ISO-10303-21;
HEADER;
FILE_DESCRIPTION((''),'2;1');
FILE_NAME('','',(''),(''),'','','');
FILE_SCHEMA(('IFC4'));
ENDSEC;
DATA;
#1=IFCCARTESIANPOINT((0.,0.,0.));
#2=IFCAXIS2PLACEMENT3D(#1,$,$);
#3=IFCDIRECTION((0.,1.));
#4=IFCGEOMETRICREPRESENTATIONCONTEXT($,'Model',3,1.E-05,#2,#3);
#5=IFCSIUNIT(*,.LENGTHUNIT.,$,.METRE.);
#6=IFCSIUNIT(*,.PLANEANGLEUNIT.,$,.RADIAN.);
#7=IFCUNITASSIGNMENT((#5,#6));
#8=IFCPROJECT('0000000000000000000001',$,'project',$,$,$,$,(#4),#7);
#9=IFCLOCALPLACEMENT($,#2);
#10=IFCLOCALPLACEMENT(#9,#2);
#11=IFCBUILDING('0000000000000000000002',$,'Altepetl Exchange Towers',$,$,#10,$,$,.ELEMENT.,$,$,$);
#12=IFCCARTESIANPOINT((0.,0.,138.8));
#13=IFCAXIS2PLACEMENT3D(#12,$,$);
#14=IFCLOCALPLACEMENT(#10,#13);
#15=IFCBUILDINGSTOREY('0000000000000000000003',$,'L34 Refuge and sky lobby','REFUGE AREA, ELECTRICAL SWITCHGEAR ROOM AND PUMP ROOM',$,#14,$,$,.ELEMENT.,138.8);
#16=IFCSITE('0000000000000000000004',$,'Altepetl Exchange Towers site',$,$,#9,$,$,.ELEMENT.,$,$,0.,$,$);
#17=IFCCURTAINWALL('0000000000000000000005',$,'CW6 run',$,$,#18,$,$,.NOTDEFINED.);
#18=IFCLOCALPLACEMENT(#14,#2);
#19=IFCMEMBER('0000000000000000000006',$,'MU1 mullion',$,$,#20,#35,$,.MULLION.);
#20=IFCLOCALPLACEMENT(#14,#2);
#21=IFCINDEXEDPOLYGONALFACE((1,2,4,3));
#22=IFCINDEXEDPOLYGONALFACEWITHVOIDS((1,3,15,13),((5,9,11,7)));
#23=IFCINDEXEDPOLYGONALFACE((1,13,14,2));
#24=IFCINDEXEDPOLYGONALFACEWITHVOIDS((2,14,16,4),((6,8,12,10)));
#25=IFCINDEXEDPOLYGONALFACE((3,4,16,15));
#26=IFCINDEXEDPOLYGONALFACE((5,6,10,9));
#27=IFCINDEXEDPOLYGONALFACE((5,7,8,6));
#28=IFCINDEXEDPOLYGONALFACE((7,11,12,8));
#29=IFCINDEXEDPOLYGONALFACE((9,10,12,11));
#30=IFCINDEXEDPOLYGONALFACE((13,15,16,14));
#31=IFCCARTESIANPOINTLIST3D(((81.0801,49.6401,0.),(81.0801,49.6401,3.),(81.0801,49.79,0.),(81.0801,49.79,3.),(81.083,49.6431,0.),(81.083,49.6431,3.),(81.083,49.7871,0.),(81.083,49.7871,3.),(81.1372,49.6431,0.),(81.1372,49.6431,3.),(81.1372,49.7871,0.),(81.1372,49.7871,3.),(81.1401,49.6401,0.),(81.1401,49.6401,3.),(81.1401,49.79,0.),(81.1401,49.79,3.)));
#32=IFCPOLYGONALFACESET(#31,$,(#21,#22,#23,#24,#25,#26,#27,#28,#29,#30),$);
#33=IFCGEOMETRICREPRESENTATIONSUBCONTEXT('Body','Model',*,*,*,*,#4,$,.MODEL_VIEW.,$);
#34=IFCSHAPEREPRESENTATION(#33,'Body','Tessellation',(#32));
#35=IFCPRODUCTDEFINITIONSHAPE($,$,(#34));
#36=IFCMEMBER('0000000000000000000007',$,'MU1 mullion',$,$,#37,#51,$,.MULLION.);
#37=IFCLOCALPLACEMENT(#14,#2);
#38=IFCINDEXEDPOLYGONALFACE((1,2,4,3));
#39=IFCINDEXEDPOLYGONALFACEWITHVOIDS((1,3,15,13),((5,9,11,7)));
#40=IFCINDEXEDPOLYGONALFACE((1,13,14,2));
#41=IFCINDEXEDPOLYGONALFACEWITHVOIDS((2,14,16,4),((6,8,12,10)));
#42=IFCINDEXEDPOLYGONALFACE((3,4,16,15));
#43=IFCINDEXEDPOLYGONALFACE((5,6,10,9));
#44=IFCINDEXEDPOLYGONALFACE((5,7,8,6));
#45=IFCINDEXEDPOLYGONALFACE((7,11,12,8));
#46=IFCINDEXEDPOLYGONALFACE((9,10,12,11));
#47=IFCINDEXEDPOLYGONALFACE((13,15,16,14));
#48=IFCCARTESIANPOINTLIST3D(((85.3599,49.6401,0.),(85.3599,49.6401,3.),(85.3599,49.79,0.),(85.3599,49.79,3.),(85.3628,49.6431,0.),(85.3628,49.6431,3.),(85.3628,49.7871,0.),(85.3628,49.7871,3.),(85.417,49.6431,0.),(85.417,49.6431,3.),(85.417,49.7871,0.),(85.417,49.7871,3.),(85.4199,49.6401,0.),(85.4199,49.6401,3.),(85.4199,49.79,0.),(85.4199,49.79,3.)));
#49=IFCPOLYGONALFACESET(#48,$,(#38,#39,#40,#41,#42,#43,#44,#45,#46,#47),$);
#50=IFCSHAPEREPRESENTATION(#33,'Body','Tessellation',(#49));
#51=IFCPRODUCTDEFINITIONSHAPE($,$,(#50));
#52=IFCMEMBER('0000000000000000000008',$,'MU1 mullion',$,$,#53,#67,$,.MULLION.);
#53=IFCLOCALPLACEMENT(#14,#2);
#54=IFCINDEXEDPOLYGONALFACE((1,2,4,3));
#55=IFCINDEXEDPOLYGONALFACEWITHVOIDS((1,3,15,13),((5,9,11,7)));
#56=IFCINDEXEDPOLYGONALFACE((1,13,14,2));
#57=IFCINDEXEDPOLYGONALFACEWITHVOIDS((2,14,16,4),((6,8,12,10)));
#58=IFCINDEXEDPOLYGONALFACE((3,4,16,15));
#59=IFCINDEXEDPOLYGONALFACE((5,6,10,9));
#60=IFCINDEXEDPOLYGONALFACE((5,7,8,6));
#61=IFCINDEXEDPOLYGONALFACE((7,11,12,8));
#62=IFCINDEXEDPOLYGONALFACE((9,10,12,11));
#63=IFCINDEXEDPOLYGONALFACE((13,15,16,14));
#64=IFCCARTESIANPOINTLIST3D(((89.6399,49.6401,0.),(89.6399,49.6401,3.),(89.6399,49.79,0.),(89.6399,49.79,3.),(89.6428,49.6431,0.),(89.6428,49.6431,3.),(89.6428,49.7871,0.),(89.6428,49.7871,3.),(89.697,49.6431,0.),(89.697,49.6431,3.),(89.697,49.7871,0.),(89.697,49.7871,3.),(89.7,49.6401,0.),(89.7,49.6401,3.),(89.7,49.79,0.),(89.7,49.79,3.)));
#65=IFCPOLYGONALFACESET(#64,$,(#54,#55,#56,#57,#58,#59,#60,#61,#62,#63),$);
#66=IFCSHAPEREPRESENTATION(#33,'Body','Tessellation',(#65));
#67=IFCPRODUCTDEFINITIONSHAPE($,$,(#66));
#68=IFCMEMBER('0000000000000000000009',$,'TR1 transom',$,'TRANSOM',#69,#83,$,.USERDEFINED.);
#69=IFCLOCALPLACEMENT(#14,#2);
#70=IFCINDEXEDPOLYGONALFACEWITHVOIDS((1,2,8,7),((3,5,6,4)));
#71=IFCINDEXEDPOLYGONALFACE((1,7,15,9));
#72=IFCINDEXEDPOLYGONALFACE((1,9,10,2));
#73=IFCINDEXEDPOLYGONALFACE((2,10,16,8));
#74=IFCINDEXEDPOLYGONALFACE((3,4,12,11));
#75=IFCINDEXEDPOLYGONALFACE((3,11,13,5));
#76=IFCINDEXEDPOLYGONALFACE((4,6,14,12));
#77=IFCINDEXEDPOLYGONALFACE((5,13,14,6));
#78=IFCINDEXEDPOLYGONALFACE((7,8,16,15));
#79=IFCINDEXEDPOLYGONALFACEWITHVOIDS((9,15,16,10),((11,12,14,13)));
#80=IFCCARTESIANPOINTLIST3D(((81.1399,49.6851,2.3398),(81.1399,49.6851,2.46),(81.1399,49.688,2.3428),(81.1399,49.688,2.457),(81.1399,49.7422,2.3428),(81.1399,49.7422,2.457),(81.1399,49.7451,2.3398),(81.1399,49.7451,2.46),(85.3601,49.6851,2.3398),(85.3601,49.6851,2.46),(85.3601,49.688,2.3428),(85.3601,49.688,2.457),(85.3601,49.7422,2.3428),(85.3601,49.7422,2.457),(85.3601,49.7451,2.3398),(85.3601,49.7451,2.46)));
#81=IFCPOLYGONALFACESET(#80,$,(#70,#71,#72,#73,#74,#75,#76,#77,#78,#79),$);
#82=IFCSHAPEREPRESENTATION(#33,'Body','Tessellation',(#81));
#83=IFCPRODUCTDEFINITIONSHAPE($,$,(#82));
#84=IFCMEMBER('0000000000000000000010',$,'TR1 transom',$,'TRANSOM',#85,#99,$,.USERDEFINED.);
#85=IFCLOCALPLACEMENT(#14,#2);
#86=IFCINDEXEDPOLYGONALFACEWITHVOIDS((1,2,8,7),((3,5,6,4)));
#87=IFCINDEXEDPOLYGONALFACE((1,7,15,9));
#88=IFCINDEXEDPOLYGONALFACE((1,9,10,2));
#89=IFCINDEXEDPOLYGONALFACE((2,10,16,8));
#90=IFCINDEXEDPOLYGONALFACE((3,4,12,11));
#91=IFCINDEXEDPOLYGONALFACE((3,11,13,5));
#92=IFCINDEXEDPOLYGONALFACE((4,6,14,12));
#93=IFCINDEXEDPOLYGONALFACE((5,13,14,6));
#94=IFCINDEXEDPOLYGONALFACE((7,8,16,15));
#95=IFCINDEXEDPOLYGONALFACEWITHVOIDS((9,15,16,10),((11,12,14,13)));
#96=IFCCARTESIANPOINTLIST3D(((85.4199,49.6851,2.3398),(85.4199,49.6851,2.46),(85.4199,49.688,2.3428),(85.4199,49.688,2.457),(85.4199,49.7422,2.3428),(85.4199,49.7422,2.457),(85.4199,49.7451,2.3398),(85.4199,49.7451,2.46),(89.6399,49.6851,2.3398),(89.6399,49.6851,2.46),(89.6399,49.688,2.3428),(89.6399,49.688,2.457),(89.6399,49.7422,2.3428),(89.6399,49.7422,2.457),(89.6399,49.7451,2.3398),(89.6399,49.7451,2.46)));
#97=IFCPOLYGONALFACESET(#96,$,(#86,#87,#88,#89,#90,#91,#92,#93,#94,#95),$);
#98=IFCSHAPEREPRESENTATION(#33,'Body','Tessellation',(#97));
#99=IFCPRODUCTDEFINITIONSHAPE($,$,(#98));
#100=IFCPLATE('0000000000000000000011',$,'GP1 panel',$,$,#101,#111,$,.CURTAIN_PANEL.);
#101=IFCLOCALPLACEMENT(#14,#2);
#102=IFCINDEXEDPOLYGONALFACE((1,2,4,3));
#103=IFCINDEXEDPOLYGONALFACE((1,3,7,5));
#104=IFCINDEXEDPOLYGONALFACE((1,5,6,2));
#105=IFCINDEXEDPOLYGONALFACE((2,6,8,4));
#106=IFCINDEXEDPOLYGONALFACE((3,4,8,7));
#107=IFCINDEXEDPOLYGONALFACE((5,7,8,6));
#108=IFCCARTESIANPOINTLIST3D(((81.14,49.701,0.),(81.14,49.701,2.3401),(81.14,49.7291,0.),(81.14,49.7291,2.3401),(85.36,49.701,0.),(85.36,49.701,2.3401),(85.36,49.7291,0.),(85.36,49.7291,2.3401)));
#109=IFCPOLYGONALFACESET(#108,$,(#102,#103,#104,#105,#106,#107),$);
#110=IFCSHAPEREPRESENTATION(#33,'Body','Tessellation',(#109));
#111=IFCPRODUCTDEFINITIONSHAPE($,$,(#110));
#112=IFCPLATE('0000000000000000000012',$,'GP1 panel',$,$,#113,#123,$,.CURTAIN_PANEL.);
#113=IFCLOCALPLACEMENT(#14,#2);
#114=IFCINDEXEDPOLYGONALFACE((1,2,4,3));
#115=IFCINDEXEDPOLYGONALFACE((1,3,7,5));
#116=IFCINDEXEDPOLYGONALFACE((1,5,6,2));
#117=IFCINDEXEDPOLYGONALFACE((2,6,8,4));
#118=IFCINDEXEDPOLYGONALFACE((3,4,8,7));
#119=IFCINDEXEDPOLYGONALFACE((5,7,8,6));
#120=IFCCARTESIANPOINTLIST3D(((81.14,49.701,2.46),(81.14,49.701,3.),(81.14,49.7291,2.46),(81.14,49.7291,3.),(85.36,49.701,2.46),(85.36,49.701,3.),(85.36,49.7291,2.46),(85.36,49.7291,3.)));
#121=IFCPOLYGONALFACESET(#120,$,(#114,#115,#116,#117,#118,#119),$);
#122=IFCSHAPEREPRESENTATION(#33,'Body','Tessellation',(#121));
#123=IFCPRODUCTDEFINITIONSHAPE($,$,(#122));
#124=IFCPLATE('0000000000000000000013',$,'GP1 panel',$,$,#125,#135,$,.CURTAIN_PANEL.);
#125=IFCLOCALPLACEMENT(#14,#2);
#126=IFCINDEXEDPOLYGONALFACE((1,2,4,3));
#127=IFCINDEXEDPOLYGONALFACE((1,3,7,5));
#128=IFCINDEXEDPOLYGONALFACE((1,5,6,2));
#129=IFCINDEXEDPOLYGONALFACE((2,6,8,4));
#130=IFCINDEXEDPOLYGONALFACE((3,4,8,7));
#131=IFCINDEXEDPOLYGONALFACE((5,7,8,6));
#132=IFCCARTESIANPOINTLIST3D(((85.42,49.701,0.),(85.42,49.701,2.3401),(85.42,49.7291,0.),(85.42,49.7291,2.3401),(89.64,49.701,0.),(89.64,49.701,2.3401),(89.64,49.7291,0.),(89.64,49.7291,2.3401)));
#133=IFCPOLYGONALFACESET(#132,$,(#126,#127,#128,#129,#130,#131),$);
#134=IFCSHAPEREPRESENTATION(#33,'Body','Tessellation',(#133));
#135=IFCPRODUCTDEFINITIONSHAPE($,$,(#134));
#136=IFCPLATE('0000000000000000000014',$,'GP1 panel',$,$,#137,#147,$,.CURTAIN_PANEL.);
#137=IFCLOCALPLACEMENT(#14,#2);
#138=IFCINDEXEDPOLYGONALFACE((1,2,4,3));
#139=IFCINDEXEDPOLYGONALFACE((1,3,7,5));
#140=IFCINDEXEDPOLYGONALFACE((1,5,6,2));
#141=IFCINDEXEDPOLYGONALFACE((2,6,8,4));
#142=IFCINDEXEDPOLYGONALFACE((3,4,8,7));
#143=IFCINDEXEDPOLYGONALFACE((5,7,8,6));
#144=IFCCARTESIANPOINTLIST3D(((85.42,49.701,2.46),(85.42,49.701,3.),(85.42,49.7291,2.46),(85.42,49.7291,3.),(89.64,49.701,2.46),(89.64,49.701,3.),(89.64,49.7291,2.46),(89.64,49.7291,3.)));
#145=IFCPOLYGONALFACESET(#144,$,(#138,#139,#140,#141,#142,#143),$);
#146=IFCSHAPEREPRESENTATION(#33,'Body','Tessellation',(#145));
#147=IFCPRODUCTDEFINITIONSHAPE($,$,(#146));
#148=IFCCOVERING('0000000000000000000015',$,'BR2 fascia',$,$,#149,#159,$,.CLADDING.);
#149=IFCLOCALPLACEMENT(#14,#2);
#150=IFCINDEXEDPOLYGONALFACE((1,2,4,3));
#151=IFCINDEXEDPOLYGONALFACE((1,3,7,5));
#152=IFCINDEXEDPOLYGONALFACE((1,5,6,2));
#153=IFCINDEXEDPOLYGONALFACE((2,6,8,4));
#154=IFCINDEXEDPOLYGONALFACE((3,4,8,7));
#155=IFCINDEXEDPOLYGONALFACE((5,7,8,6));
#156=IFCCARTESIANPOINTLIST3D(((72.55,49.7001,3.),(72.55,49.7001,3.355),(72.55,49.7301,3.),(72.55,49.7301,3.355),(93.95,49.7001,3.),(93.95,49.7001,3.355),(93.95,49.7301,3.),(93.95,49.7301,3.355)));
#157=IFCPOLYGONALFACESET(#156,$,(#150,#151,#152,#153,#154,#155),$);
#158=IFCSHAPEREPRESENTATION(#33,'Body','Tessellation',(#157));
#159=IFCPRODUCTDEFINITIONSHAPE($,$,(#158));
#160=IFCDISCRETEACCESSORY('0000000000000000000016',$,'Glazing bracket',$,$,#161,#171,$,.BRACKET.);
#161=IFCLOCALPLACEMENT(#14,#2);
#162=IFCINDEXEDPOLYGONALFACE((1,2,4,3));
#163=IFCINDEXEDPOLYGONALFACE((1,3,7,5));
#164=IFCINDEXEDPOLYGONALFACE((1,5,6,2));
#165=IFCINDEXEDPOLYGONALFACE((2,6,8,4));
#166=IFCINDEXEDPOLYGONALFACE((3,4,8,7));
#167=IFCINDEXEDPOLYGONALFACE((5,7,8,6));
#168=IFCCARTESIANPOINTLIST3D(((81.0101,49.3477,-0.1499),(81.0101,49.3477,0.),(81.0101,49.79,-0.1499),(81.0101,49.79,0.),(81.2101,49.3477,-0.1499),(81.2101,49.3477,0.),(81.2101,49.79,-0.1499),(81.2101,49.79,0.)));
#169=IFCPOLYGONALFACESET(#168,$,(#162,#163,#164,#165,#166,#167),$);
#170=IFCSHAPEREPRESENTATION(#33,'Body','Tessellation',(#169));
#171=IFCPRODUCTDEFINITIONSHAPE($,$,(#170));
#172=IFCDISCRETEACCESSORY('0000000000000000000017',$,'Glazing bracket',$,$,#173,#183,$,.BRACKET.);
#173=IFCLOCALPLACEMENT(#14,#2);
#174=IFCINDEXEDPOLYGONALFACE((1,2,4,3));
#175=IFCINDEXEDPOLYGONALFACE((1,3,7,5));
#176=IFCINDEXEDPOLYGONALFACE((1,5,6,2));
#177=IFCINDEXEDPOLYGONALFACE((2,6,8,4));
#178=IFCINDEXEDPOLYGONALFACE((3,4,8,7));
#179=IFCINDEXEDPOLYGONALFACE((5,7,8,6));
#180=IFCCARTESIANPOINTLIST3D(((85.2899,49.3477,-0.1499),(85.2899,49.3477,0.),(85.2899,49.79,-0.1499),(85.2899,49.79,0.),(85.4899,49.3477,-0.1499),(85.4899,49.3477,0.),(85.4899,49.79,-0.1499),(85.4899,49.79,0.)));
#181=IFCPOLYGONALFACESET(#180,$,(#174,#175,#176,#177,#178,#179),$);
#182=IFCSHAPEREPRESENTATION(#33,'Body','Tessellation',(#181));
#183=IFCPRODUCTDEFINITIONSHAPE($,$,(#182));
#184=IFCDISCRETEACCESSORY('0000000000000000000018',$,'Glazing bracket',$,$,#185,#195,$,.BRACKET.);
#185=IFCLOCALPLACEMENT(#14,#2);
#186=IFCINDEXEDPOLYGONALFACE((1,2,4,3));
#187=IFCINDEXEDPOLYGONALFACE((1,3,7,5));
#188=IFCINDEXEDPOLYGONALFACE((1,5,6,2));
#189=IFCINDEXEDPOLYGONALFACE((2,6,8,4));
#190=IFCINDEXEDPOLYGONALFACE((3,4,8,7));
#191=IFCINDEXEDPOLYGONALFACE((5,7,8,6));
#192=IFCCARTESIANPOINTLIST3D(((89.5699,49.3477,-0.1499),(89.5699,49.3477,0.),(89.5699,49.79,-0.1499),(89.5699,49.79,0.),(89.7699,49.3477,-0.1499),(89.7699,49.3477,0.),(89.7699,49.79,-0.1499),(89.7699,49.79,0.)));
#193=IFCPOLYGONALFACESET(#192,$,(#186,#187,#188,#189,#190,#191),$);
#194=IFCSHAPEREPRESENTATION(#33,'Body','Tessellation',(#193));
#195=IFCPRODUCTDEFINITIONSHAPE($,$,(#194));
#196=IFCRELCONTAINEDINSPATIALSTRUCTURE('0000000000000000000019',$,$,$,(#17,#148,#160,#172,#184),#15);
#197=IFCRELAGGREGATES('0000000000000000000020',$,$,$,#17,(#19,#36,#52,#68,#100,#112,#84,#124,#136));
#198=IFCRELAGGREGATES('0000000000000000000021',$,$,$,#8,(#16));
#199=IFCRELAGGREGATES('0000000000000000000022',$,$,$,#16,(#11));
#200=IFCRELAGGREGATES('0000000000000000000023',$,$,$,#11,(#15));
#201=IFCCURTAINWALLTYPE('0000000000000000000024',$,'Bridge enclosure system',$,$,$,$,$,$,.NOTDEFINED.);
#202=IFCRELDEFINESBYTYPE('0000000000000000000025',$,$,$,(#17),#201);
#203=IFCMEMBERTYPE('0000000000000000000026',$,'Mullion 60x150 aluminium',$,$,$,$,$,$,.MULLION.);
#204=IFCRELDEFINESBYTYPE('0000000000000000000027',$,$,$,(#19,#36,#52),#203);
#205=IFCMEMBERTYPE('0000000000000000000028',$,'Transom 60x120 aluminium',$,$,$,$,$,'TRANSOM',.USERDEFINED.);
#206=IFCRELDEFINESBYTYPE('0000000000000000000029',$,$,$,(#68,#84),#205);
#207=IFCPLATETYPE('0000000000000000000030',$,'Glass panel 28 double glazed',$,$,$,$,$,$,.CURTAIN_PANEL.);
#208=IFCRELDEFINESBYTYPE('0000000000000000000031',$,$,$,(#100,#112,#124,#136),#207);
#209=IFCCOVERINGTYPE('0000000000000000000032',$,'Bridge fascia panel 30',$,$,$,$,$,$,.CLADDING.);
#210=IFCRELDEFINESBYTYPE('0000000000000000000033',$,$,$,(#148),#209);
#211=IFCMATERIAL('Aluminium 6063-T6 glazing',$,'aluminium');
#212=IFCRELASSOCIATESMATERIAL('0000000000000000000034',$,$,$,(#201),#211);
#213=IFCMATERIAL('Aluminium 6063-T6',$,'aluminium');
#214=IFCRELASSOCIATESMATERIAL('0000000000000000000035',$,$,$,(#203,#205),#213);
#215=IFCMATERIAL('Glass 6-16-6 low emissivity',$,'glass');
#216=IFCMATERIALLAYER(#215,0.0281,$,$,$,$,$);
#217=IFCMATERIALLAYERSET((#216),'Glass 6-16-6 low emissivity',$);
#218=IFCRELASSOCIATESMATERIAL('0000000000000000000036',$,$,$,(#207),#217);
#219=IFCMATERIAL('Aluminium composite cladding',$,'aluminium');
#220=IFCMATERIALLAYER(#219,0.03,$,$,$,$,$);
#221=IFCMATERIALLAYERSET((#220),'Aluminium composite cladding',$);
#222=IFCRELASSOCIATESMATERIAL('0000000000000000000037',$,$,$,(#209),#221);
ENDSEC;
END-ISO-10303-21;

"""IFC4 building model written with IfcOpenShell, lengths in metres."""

from ifc_helpers import new_model, si_unit, direction, frame, origin, origin_2d, place, context, subcontext, project, spatial, rectangle, hollow_rectangle, extrude, material, layer, layer_set, material_profile, profile_set, type_object, element, aggregate, save


model = new_model("IFC4")

# Units and contexts
model_context = context("Model", 3, precision=1e-05, world=origin(), true_north=direction((0.0, 1.0)))
body_context = subcontext(model_context, "Body", "Model", "MODEL_VIEW")
ifc_project = project(units=[si_unit("LENGTHUNIT", "METRE"), si_unit("PLANEANGLEUNIT", "RADIAN")], contexts=[model_context])

# Site, building, storey
site_placement = place(None, origin())
site = spatial("IfcSite", under=ifc_project, at=site_placement, Name="Altepetl Exchange Towers site", CompositionType="ELEMENT", RefElevation=0.0)
building_placement = place(site_placement, origin())
building = spatial("IfcBuilding", under=site, at=building_placement, Name="Altepetl Exchange Towers", CompositionType="ELEMENT")
storey_placement = place(building_placement, frame((0.0, 0.0, 138.8)))
storey = spatial("IfcBuildingStorey", under=building, at=storey_placement, Name="L34 Refuge and sky lobby", Description="REFUGE AREA, ELECTRICAL SWITCHGEAR ROOM AND PUMP ROOM", CompositionType="ELEMENT", Elevation=138.8)

# Curtain wall, members, plates
ifc_material_1 = material(Name="Aluminium 6063-T6 glazing", Category="aluminium")
curtain_wall_type = type_object("IfcCurtainWallType", Name="Bridge enclosure system", PredefinedType="NOTDEFINED", material=ifc_material_1)
curtain_wall_placement = place(storey_placement, origin())
curtain_wall = element("IfcCurtainWall", 1, at=curtain_wall_placement, inside=storey, type_object=curtain_wall_type, Name="CW6 run", PredefinedType="NOTDEFINED")
ifc_material_2 = material(Name="Aluminium 6063-T6", Category="aluminium")
ifc_material_profile_1 = material_profile(ifc_material_2, hollow_rectangle(XDim=0.0601, YDim=0.1499, WallThickness=0.0029, at=origin_2d()), Name="Mullion 60x150 aluminium")
ifc_profile_set_1 = profile_set([ifc_material_profile_1], Name="Aluminium 6063-T6")
member_type_1 = type_object("IfcMemberType", Name="Mullion 60x150 aluminium", PredefinedType="MULLION", material=ifc_profile_set_1)
member_1_placement = place(storey_placement, frame((81.1101, 49.7151, 0.0)))
member_1 = element("IfcMember", 2, at=member_1_placement, type_object=member_type_1, Name="MU1 mullion", PredefinedType="MULLION", context=body_context, shape_type="SweptSolid", body=[
    extrude(hollow_rectangle(XDim=0.0601, YDim=0.1499, WallThickness=0.0029, at=origin_2d()), origin(), (0.0, 0.0, 1.0), 3.0),
])
member_2_placement = place(storey_placement, frame((85.3899, 49.7151, 0.0)))
member_2 = element("IfcMember", 3, at=member_2_placement, type_object=member_type_1, Name="MU1 mullion", PredefinedType="MULLION", context=body_context, shape_type="SweptSolid", body=[
    extrude(hollow_rectangle(XDim=0.0601, YDim=0.1499, WallThickness=0.0029, at=origin_2d()), origin(), (0.0, 0.0, 1.0), 3.0),
])
member_3_placement = place(storey_placement, frame((89.6699, 49.7151, 0.0)))
member_3 = element("IfcMember", 4, at=member_3_placement, type_object=member_type_1, Name="MU1 mullion", PredefinedType="MULLION", context=body_context, shape_type="SweptSolid", body=[
    extrude(hollow_rectangle(XDim=0.0601, YDim=0.1499, WallThickness=0.0029, at=origin_2d()), origin(), (0.0, 0.0, 1.0), 3.0),
])
ifc_material_profile_2 = material_profile(ifc_material_2, hollow_rectangle(XDim=0.0601, YDim=0.1201, WallThickness=0.0029, at=origin_2d()), Name="Transom 60x120 aluminium")
ifc_profile_set_2 = profile_set([ifc_material_profile_2], Name="Aluminium 6063-T6")
member_type_2 = type_object("IfcMemberType", Name="Transom 60x120 aluminium", ElementType="TRANSOM", PredefinedType="USERDEFINED", material=ifc_profile_set_2)
member_4_placement = place(storey_placement, frame((81.1399, 49.7151, 2.3999), z_axis=(1.0, 0.0, 0.0), x_axis=(0.0, 1.0, 0.0)))
member_4 = element("IfcMember", 5, at=member_4_placement, type_object=member_type_2, Name="TR1 transom", ObjectType="TRANSOM", PredefinedType="USERDEFINED", context=body_context, shape_type="SweptSolid", body=[
    extrude(hollow_rectangle(XDim=0.0601, YDim=0.1201, WallThickness=0.0029, at=origin_2d()), origin(), (0.0, 0.0, 1.0), 4.2202),
])
member_5_placement = place(storey_placement, frame((85.4199, 49.7151, 2.3999), z_axis=(1.0, 0.0, 0.0), x_axis=(0.0, 1.0, 0.0)))
member_5 = element("IfcMember", 6, at=member_5_placement, type_object=member_type_2, Name="TR1 transom", ObjectType="TRANSOM", PredefinedType="USERDEFINED", context=body_context, shape_type="SweptSolid", body=[
    extrude(hollow_rectangle(XDim=0.0601, YDim=0.1201, WallThickness=0.0029, at=origin_2d()), origin(), (0.0, 0.0, 1.0), 4.22),
])
ifc_material_3 = material(Name="Glass 6-16-6 low emissivity", Category="glass")
ifc_layer_1 = layer(ifc_material_3, 0.0281)
ifc_layer_set_1 = layer_set([ifc_layer_1], Name="Glass 6-16-6 low emissivity")
plate_type = type_object("IfcPlateType", Name="Glass panel 28 double glazed", PredefinedType="CURTAIN_PANEL", material=ifc_layer_set_1)
plate_1_placement = place(storey_placement, frame((83.25, 49.7151, 0.0)))
plate_1 = element("IfcPlate", 7, at=plate_1_placement, type_object=plate_type, Name="GP1 panel", PredefinedType="CURTAIN_PANEL", context=body_context, shape_type="SweptSolid", body=[
    extrude(rectangle(XDim=4.22, YDim=0.0281, at=origin_2d()), origin(), (0.0, 0.0, 1.0), 2.3401),
])
plate_2_placement = place(storey_placement, frame((83.25, 49.7151, 2.46)))
plate_2 = element("IfcPlate", 8, at=plate_2_placement, type_object=plate_type, Name="GP1 panel", PredefinedType="CURTAIN_PANEL", context=body_context, shape_type="SweptSolid", body=[
    extrude(rectangle(XDim=4.22, YDim=0.0281, at=origin_2d()), origin(), (0.0, 0.0, 1.0), 0.54),
])
plate_3_placement = place(storey_placement, frame((87.53, 49.7151, 0.0)))
plate_3 = element("IfcPlate", 9, at=plate_3_placement, type_object=plate_type, Name="GP1 panel", PredefinedType="CURTAIN_PANEL", context=body_context, shape_type="SweptSolid", body=[
    extrude(rectangle(XDim=4.22, YDim=0.0281, at=origin_2d()), origin(), (0.0, 0.0, 1.0), 2.3401),
])
plate_4_placement = place(storey_placement, frame((87.53, 49.7151, 2.46)))
plate_4 = element("IfcPlate", 10, at=plate_4_placement, type_object=plate_type, Name="GP1 panel", PredefinedType="CURTAIN_PANEL", context=body_context, shape_type="SweptSolid", body=[
    extrude(rectangle(XDim=4.22, YDim=0.0281, at=origin_2d()), origin(), (0.0, 0.0, 1.0), 0.54),
])
aggregate(curtain_wall, [member_1, member_2, member_3, member_4, plate_1, plate_2, member_5, plate_3, plate_4])

# Covering
ifc_material_4 = material(Name="Aluminium composite cladding", Category="aluminium")
ifc_layer_2 = layer(ifc_material_4, 0.03)
ifc_layer_set_2 = layer_set([ifc_layer_2], Name="Aluminium composite cladding")
covering_type = type_object("IfcCoveringType", Name="Bridge fascia panel 30", PredefinedType="CLADDING", material=ifc_layer_set_2)
covering_placement = place(storey_placement, frame((83.25, 49.7151, 3.0)))
element("IfcCovering", 11, at=covering_placement, inside=storey, type_object=covering_type, Name="BR2 fascia", PredefinedType="CLADDING", context=body_context, shape_type="SweptSolid", body=[
    extrude(rectangle(XDim=21.3999, YDim=0.03, at=origin_2d()), origin(), (0.0, 0.0, 1.0), 0.355),
])

# Discrete accessories
for number, where, name in (
    (12, (81.1101, 49.5688, -0.1499), "Glazing bracket"),
    (13, (85.3899, 49.5688, -0.1499), "Glazing bracket"),
    (14, (89.6699, 49.5688, -0.1499), "Glazing bracket"),
):
    element("IfcDiscreteAccessory", number, at=place(storey_placement, frame(where)), inside=storey, Name=name, PredefinedType="BRACKET", context=body_context, shape_type="SweptSolid", body=[
        extrude(rectangle(XDim=0.2, YDim=0.4424, at=origin_2d()), origin(), (0.0, 0.0, 1.0), 0.1499),
    ])

save(model, "model.ifc")
